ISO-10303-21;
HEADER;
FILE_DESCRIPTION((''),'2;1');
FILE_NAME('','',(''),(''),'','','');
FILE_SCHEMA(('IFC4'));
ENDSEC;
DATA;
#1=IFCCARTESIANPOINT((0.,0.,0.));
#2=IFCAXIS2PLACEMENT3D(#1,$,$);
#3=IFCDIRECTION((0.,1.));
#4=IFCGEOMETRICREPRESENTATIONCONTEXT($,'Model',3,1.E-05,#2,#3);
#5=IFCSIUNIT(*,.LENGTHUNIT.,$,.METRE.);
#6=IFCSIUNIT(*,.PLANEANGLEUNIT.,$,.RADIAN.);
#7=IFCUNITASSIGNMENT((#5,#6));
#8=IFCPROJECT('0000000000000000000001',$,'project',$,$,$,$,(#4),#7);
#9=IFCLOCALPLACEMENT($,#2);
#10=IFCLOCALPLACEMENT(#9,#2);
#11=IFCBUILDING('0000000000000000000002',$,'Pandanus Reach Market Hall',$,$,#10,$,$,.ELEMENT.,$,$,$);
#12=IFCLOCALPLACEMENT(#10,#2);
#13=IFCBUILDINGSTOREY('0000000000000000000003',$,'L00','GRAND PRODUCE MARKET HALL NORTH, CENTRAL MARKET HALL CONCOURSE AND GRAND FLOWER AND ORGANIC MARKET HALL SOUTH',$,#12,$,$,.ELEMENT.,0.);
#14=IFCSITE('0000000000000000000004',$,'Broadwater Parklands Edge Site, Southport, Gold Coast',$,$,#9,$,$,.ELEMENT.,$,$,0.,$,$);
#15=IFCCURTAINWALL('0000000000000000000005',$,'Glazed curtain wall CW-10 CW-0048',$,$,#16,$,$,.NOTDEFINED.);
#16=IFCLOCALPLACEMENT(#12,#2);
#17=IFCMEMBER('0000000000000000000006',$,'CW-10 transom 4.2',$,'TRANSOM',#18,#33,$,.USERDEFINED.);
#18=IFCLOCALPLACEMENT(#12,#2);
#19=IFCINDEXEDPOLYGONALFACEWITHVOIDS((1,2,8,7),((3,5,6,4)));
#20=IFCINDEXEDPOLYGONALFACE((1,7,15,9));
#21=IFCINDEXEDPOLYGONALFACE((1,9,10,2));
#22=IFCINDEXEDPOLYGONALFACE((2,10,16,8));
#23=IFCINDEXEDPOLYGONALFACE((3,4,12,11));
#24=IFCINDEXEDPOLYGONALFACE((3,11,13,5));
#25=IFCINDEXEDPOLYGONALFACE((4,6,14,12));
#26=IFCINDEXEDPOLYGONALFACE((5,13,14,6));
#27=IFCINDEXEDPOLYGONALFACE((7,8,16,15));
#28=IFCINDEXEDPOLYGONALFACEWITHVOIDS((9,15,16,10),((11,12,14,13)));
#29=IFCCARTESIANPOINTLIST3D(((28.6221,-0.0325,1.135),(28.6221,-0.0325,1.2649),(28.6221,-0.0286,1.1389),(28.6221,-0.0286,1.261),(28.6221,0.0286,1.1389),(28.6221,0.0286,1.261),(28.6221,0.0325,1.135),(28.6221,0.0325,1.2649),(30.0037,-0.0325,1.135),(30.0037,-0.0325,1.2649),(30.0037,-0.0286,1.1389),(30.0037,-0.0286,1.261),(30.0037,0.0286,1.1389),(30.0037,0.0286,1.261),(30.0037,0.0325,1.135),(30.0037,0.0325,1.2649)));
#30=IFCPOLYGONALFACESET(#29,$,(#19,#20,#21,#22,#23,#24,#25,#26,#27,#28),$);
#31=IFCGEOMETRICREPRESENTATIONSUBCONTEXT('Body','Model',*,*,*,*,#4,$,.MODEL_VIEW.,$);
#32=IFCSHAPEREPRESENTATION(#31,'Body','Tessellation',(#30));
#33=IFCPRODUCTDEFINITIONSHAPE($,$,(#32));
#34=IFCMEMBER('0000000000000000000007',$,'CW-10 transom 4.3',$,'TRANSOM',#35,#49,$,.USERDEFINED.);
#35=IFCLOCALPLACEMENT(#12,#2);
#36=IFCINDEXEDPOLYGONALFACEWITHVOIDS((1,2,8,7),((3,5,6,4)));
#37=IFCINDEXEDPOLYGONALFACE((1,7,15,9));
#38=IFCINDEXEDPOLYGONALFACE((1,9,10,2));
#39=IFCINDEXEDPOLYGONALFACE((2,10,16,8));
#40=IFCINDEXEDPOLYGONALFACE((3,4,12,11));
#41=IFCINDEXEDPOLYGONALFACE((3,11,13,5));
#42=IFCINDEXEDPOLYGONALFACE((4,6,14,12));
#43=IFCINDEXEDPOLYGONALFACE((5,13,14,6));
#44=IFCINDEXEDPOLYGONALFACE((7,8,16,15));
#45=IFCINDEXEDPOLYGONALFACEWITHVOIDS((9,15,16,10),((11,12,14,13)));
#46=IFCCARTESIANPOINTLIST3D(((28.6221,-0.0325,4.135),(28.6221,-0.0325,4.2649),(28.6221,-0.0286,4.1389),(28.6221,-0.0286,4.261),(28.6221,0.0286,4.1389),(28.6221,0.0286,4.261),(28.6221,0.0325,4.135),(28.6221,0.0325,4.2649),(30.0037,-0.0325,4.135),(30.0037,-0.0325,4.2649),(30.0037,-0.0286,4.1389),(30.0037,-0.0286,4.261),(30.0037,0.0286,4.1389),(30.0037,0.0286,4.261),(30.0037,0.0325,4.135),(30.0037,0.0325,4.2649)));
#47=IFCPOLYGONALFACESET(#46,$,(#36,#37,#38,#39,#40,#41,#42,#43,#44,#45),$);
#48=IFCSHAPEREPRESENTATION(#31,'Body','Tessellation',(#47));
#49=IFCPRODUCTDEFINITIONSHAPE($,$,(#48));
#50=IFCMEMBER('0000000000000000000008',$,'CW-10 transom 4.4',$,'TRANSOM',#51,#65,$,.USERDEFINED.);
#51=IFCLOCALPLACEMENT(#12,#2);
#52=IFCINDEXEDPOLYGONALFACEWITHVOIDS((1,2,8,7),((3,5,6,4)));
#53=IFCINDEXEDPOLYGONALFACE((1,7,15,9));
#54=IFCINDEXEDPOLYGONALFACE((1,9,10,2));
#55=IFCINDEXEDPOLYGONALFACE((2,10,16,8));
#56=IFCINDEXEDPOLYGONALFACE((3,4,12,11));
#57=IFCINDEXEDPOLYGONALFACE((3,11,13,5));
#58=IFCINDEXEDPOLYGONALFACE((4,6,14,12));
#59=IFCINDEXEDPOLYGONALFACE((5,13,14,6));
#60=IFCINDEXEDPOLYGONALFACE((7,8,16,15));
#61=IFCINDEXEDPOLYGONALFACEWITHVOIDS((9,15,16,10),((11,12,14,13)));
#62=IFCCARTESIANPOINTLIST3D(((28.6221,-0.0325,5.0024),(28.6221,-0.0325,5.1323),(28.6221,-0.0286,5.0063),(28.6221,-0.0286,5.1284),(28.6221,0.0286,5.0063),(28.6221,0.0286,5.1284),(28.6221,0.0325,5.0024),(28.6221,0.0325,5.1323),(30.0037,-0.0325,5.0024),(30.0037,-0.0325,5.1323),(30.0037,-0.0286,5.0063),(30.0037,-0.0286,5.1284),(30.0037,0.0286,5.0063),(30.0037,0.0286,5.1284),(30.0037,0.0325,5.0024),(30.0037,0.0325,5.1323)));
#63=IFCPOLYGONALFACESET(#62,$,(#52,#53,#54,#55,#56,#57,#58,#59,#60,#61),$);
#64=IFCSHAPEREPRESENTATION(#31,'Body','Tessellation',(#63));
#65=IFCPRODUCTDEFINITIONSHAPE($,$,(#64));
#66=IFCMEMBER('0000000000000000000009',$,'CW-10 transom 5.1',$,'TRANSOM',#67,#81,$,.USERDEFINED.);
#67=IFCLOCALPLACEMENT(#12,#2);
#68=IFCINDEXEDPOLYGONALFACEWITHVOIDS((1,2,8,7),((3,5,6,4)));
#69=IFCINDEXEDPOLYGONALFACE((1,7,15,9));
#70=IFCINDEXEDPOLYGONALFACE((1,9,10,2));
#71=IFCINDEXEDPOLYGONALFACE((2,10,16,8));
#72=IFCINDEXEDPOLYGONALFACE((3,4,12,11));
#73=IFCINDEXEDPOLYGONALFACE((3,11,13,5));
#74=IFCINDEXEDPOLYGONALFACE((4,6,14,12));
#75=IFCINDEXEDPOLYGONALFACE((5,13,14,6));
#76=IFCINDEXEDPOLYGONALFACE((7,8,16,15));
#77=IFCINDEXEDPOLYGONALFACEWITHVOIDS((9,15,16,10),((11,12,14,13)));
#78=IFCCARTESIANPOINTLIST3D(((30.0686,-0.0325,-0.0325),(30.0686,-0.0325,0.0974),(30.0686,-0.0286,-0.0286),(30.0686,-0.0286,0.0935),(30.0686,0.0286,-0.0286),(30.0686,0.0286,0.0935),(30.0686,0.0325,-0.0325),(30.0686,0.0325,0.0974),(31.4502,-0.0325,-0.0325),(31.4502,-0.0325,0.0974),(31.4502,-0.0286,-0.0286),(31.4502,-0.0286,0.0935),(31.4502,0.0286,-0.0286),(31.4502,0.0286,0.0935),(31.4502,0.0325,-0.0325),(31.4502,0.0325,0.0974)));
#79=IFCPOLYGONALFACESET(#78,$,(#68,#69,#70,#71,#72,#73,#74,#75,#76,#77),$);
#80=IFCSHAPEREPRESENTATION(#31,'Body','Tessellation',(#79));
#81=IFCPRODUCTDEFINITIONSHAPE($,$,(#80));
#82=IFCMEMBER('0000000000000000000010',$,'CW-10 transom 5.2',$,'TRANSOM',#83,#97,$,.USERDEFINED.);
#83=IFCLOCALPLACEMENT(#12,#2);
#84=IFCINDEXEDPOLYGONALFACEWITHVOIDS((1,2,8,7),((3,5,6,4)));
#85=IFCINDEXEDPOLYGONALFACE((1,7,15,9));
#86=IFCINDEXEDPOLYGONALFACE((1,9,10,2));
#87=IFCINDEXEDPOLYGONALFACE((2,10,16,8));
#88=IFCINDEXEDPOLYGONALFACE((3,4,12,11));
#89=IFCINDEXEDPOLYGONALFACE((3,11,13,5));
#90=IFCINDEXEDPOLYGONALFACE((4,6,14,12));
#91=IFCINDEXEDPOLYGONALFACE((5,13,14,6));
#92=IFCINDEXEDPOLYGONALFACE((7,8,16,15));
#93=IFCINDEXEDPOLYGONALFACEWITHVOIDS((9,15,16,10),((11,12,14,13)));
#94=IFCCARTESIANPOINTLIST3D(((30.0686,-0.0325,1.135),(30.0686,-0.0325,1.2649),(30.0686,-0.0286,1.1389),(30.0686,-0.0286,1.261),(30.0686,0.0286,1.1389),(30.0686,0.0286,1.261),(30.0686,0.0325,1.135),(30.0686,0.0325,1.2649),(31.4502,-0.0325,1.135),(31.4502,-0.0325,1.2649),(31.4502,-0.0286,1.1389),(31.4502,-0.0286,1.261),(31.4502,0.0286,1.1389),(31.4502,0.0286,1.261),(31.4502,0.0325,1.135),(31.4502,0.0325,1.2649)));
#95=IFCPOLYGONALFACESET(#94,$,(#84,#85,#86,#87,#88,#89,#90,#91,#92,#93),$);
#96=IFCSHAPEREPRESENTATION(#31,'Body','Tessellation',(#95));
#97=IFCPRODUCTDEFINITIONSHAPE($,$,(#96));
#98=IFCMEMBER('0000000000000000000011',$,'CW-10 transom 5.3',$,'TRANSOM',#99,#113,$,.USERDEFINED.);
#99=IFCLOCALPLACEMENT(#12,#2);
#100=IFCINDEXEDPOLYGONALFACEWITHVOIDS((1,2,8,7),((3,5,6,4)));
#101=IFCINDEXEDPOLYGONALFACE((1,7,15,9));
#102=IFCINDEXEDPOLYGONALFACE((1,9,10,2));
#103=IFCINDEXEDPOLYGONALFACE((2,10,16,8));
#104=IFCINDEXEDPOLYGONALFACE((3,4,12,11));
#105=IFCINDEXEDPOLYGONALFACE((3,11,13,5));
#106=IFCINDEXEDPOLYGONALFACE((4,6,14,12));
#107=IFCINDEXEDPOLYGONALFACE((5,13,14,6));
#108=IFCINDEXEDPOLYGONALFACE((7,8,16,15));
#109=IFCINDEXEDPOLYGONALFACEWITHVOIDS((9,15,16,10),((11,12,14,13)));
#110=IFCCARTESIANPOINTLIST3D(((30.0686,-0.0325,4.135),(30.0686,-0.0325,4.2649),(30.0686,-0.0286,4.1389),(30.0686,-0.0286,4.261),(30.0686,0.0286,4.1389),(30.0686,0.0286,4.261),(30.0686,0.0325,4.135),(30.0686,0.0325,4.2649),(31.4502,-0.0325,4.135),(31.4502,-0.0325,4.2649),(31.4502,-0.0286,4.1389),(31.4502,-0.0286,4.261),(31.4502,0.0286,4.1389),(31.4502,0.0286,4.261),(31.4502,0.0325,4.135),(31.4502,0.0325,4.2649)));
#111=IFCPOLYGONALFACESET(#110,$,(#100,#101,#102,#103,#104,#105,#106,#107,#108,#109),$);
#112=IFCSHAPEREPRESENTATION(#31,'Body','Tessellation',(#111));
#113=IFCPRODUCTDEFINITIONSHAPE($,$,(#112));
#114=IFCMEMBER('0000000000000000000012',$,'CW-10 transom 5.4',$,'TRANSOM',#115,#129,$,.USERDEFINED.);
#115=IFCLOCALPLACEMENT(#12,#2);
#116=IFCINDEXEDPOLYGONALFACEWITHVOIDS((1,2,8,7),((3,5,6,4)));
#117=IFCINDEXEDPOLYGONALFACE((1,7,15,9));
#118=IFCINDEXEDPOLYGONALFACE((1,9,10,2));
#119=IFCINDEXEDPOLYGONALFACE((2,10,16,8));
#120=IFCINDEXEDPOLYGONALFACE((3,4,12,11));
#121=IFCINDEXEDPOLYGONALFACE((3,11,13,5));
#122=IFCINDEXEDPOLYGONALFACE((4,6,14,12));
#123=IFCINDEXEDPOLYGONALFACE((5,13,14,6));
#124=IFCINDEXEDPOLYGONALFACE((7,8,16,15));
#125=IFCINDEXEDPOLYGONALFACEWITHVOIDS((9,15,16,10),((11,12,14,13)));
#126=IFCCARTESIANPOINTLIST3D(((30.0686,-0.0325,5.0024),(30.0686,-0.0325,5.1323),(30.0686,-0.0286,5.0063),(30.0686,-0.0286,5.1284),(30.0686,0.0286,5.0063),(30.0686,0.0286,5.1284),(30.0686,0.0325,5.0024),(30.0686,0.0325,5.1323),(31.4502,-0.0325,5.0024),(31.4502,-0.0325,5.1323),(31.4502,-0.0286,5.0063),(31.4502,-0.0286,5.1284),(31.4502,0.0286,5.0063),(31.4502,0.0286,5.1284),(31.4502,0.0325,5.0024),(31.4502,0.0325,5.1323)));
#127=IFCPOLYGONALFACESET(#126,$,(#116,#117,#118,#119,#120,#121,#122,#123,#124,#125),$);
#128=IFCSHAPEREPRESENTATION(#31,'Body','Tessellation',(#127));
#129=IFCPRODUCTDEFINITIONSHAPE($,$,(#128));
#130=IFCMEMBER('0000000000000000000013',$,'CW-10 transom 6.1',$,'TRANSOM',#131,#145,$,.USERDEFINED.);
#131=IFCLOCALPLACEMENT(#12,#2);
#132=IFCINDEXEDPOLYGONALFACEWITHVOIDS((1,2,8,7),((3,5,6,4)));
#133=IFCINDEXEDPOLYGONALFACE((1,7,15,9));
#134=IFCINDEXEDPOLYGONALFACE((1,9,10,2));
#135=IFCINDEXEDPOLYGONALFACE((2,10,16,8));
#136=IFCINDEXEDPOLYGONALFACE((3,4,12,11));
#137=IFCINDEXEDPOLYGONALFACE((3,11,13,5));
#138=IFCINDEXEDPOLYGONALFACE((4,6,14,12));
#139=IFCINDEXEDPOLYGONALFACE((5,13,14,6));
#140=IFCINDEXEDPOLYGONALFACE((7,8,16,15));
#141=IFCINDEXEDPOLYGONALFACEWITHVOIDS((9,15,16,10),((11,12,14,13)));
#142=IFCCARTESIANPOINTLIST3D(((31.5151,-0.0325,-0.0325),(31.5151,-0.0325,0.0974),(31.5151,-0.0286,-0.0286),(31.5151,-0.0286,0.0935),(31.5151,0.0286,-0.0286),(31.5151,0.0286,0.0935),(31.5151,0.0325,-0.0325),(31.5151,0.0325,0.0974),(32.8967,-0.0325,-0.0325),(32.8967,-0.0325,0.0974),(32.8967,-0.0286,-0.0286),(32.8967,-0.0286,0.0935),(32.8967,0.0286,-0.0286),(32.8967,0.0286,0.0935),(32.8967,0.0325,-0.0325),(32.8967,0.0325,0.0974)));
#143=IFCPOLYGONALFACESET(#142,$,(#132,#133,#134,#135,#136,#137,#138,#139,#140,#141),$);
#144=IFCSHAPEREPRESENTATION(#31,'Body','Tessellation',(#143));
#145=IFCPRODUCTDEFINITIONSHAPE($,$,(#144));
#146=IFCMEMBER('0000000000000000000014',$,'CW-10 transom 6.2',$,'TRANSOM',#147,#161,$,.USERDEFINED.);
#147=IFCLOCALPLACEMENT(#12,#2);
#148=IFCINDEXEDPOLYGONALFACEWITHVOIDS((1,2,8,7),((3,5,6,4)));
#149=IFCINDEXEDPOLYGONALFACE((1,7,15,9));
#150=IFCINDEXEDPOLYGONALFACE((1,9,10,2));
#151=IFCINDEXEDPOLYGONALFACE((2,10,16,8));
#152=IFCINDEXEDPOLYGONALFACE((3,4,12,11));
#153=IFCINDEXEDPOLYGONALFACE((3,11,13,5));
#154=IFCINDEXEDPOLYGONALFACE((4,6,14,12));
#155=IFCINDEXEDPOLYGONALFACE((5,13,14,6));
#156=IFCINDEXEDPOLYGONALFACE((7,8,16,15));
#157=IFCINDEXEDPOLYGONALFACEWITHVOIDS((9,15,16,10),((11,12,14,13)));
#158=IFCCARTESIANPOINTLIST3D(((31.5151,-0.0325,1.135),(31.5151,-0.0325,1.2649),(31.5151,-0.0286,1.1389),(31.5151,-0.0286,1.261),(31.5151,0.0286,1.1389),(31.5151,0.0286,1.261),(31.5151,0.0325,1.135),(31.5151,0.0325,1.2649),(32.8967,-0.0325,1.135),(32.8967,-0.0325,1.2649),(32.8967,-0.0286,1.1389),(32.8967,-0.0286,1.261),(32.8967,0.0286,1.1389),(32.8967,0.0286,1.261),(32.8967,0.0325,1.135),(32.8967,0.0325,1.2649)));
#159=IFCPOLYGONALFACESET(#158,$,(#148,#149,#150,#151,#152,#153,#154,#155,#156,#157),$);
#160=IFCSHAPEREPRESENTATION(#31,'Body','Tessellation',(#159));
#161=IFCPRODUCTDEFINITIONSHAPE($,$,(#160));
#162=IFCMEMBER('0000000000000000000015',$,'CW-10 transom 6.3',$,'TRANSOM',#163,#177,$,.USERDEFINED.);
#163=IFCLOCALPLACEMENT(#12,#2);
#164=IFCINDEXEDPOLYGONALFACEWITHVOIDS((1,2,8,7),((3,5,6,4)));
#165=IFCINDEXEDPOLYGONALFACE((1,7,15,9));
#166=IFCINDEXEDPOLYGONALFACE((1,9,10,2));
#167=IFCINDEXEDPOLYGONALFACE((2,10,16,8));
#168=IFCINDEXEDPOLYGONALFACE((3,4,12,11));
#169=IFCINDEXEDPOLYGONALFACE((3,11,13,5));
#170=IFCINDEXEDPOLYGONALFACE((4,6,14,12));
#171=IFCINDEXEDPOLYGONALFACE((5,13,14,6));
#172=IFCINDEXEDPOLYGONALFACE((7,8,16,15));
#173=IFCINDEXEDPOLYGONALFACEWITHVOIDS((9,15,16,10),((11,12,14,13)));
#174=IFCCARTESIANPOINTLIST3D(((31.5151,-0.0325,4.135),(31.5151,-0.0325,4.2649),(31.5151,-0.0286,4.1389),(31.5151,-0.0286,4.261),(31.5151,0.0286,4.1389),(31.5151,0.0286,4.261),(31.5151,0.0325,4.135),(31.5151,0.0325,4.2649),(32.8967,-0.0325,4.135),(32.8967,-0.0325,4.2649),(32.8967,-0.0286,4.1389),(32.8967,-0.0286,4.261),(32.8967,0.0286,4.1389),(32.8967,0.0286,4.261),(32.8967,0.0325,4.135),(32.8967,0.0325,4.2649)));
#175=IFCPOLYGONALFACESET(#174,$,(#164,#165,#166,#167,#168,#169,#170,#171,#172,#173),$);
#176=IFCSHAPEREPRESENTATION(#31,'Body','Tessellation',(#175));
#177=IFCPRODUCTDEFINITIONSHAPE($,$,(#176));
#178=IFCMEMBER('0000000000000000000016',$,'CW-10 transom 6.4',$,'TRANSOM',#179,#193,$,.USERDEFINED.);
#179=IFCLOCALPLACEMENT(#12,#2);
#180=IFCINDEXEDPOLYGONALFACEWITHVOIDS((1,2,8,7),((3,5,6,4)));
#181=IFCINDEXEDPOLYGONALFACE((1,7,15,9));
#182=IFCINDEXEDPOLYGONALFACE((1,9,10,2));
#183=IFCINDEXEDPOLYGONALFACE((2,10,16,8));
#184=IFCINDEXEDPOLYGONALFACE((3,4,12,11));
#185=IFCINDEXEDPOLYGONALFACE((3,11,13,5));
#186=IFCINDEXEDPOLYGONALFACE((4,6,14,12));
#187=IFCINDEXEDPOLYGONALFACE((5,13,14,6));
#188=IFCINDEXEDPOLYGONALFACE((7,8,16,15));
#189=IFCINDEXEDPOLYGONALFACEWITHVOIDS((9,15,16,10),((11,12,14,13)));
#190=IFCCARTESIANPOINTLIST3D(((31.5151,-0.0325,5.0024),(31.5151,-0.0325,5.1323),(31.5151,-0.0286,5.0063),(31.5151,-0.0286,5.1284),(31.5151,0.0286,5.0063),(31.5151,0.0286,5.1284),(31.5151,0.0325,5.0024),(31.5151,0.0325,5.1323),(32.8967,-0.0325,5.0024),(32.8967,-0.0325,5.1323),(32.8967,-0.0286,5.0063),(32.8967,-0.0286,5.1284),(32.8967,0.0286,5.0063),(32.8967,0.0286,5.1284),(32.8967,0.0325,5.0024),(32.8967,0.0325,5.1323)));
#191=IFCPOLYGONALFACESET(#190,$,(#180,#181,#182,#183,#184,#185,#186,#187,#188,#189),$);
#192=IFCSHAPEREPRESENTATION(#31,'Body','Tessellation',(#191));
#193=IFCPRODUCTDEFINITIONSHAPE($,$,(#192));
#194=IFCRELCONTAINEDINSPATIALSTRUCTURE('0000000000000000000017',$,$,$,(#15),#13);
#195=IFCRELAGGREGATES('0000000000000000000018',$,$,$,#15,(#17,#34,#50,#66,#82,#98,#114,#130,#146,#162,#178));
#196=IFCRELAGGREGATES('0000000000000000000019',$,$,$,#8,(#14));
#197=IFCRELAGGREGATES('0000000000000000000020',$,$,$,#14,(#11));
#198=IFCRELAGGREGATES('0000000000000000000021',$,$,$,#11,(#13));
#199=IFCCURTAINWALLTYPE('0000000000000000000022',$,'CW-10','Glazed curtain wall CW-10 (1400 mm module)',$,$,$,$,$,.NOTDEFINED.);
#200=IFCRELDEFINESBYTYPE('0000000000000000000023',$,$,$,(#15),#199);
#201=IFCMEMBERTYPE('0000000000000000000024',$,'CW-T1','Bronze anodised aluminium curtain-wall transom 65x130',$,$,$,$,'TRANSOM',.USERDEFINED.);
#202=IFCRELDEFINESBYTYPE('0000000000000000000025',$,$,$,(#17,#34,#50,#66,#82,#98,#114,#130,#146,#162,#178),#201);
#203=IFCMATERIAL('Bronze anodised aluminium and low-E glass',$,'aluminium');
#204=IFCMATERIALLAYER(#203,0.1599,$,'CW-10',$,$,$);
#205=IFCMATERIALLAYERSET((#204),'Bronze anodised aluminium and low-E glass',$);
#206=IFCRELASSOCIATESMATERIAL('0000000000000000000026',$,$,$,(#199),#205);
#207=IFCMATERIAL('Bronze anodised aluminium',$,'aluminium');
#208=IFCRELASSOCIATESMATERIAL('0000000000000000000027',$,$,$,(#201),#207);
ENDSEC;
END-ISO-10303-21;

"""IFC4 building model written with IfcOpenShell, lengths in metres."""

from ifc_helpers import new_model, si_unit, direction, frame, origin, origin_2d, place, context, subcontext, project, spatial, hollow_rectangle, extrude, material, layer, layer_set, material_profile, profile_set, type_object, element, aggregate, save


model = new_model("IFC4")

# Units and contexts
model_context = context("Model", 3, precision=1e-05, world=origin(), true_north=direction((0.0, 1.0)))
body_context = subcontext(model_context, "Body", "Model", "MODEL_VIEW")
ifc_project = project(units=[si_unit("LENGTHUNIT", "METRE"), si_unit("PLANEANGLEUNIT", "RADIAN")], contexts=[model_context])

# Site, building, storey
site_placement = place(None, origin())
site = spatial("IfcSite", under=ifc_project, at=site_placement, Name="Broadwater Parklands Edge Site, Southport, Gold Coast", CompositionType="ELEMENT", RefElevation=0.0)
building_placement = place(site_placement, origin())
building = spatial("IfcBuilding", under=site, at=building_placement, Name="Pandanus Reach Market Hall", CompositionType="ELEMENT")
storey_placement = place(building_placement, origin())
storey = spatial("IfcBuildingStorey", under=building, at=storey_placement, Name="L00", Description="GRAND PRODUCE MARKET HALL NORTH, CENTRAL MARKET HALL CONCOURSE AND GRAND FLOWER AND ORGANIC MARKET HALL SOUTH", CompositionType="ELEMENT", Elevation=0.0)

# Curtain wall, members
ifc_material_1 = material(Name="Bronze anodised aluminium and low-E glass", Category="aluminium")
ifc_layer_1 = layer(ifc_material_1, 0.1599, Name="CW-10")
ifc_layer_set_1 = layer_set([ifc_layer_1], Name="Bronze anodised aluminium and low-E glass")
curtain_wall_type = type_object("IfcCurtainWallType", Name="CW-10", Description="Glazed curtain wall CW-10 (1400 mm module)", PredefinedType="NOTDEFINED", material=ifc_layer_set_1)
curtain_wall_placement = place(storey_placement, origin())
curtain_wall = element("IfcCurtainWall", 1, at=curtain_wall_placement, inside=storey, type_object=curtain_wall_type, Name="Glazed curtain wall CW-10 CW-0048", PredefinedType="NOTDEFINED")
ifc_material_2 = material(Name="Bronze anodised aluminium", Category="aluminium")
ifc_material_profile_1 = material_profile(ifc_material_2, hollow_rectangle(XDim=0.0649, YDim=0.1299, WallThickness=0.0039, at=origin_2d()), Name="ALU65x130", Category="LoadBearing")
ifc_profile_set_1 = profile_set([ifc_material_profile_1], Name="Bronze anodised aluminium")
member_type_1 = type_object("IfcMemberType", Name="CW-T1", Description="Bronze anodised aluminium curtain-wall transom 65x130", ElementType="TRANSOM", PredefinedType="USERDEFINED", material=ifc_profile_set_1)
member_1_placement = place(storey_placement, frame((28.6221, 0.0, 1.2), z_axis=(1.0, 0.0, 0.0), x_axis=(0.0, 1.0, 0.0)))
member_1 = element("IfcMember", 2, at=member_1_placement, type_object=member_type_1, Name="CW-10 transom 4.2", ObjectType="TRANSOM", PredefinedType="USERDEFINED", context=body_context, shape_type="SweptSolid", body=[
    extrude(hollow_rectangle(XDim=0.0649, YDim=0.1299, WallThickness=0.0039, at=origin_2d()), origin(), (0.0, 0.0, 1.0), 1.3816),
])
member_2_placement = place(storey_placement, frame((28.6221, 0.0, 4.2), z_axis=(1.0, 0.0, 0.0), x_axis=(0.0, 1.0, 0.0)))
member_2 = element("IfcMember", 3, at=member_2_placement, type_object=member_type_1, Name="CW-10 transom 4.3", ObjectType="TRANSOM", PredefinedType="USERDEFINED", context=body_context, shape_type="SweptSolid", body=[
    extrude(hollow_rectangle(XDim=0.0649, YDim=0.1299, WallThickness=0.0039, at=origin_2d()), origin(), (0.0, 0.0, 1.0), 1.3816),
])
member_3_placement = place(storey_placement, frame((28.6221, 0.0, 5.0674), z_axis=(1.0, 0.0, 0.0), x_axis=(0.0, 1.0, 0.0)))
member_3 = element("IfcMember", 4, at=member_3_placement, type_object=member_type_1, Name="CW-10 transom 4.4", ObjectType="TRANSOM", PredefinedType="USERDEFINED", context=body_context, shape_type="SweptSolid", body=[
    extrude(hollow_rectangle(XDim=0.0649, YDim=0.1299, WallThickness=0.0039, at=origin_2d()), origin(), (0.0, 0.0, 1.0), 1.3816),
])
member_4_placement = place(storey_placement, frame((30.0686, 0.0, 0.0325), z_axis=(1.0, 0.0, 0.0), x_axis=(0.0, 1.0, 0.0)))
member_4 = element("IfcMember", 5, at=member_4_placement, type_object=member_type_1, Name="CW-10 transom 5.1", ObjectType="TRANSOM", PredefinedType="USERDEFINED", context=body_context, shape_type="SweptSolid", body=[
    extrude(hollow_rectangle(XDim=0.0649, YDim=0.1299, WallThickness=0.0039, at=origin_2d()), origin(), (0.0, 0.0, 1.0), 1.3816),
])
member_5_placement = place(storey_placement, frame((30.0686, 0.0, 1.2), z_axis=(1.0, 0.0, 0.0), x_axis=(0.0, 1.0, 0.0)))
member_5 = element("IfcMember", 6, at=member_5_placement, type_object=member_type_1, Name="CW-10 transom 5.2", ObjectType="TRANSOM", PredefinedType="USERDEFINED", context=body_context, shape_type="SweptSolid", body=[
    extrude(hollow_rectangle(XDim=0.0649, YDim=0.1299, WallThickness=0.0039, at=origin_2d()), origin(), (0.0, 0.0, 1.0), 1.3816),
])
member_6_placement = place(storey_placement, frame((30.0686, 0.0, 4.2), z_axis=(1.0, 0.0, 0.0), x_axis=(0.0, 1.0, 0.0)))
member_6 = element("IfcMember", 7, at=member_6_placement, type_object=member_type_1, Name="CW-10 transom 5.3", ObjectType="TRANSOM", PredefinedType="USERDEFINED", context=body_context, shape_type="SweptSolid", body=[
    extrude(hollow_rectangle(XDim=0.0649, YDim=0.1299, WallThickness=0.0039, at=origin_2d()), origin(), (0.0, 0.0, 1.0), 1.3816),
])
member_7_placement = place(storey_placement, frame((30.0686, 0.0, 5.0674), z_axis=(1.0, 0.0, 0.0), x_axis=(0.0, 1.0, 0.0)))
member_7 = element("IfcMember", 8, at=member_7_placement, type_object=member_type_1, Name="CW-10 transom 5.4", ObjectType="TRANSOM", PredefinedType="USERDEFINED", context=body_context, shape_type="SweptSolid", body=[
    extrude(hollow_rectangle(XDim=0.0649, YDim=0.1299, WallThickness=0.0039, at=origin_2d()), origin(), (0.0, 0.0, 1.0), 1.3816),
])
member_8_placement = place(storey_placement, frame((31.5151, 0.0, 0.0325), z_axis=(1.0, 0.0, 0.0), x_axis=(0.0, 1.0, 0.0)))
member_8 = element("IfcMember", 9, at=member_8_placement, type_object=member_type_1, Name="CW-10 transom 6.1", ObjectType="TRANSOM", PredefinedType="USERDEFINED", context=body_context, shape_type="SweptSolid", body=[
    extrude(hollow_rectangle(XDim=0.0649, YDim=0.1299, WallThickness=0.0039, at=origin_2d()), origin(), (0.0, 0.0, 1.0), 1.3816),
])
member_9_placement = place(storey_placement, frame((31.5151, 0.0, 1.2), z_axis=(1.0, 0.0, 0.0), x_axis=(0.0, 1.0, 0.0)))
member_9 = element("IfcMember", 10, at=member_9_placement, type_object=member_type_1, Name="CW-10 transom 6.2", ObjectType="TRANSOM", PredefinedType="USERDEFINED", context=body_context, shape_type="SweptSolid", body=[
    extrude(hollow_rectangle(XDim=0.0649, YDim=0.1299, WallThickness=0.0039, at=origin_2d()), origin(), (0.0, 0.0, 1.0), 1.3816),
])
member_10_placement = place(storey_placement, frame((31.5151, 0.0, 4.2), z_axis=(1.0, 0.0, 0.0), x_axis=(0.0, 1.0, 0.0)))
member_10 = element("IfcMember", 11, at=member_10_placement, type_object=member_type_1, Name="CW-10 transom 6.3", ObjectType="TRANSOM", PredefinedType="USERDEFINED", context=body_context, shape_type="SweptSolid", body=[
    extrude(hollow_rectangle(XDim=0.0649, YDim=0.1299, WallThickness=0.0039, at=origin_2d()), origin(), (0.0, 0.0, 1.0), 1.3816),
])
member_11_placement = place(storey_placement, frame((31.5151, 0.0, 5.0674), z_axis=(1.0, 0.0, 0.0), x_axis=(0.0, 1.0, 0.0)))
member_11 = element("IfcMember", 12, at=member_11_placement, type_object=member_type_1, Name="CW-10 transom 6.4", ObjectType="TRANSOM", PredefinedType="USERDEFINED", context=body_context, shape_type="SweptSolid", body=[
    extrude(hollow_rectangle(XDim=0.0649, YDim=0.1299, WallThickness=0.0039, at=origin_2d()), origin(), (0.0, 0.0, 1.0), 1.3816),
])

aggregate(curtain_wall, [member_1, member_2, member_3, member_4, member_5, member_6, member_7, member_8, member_9, member_10, member_11])

save(model, "model.ifc")
